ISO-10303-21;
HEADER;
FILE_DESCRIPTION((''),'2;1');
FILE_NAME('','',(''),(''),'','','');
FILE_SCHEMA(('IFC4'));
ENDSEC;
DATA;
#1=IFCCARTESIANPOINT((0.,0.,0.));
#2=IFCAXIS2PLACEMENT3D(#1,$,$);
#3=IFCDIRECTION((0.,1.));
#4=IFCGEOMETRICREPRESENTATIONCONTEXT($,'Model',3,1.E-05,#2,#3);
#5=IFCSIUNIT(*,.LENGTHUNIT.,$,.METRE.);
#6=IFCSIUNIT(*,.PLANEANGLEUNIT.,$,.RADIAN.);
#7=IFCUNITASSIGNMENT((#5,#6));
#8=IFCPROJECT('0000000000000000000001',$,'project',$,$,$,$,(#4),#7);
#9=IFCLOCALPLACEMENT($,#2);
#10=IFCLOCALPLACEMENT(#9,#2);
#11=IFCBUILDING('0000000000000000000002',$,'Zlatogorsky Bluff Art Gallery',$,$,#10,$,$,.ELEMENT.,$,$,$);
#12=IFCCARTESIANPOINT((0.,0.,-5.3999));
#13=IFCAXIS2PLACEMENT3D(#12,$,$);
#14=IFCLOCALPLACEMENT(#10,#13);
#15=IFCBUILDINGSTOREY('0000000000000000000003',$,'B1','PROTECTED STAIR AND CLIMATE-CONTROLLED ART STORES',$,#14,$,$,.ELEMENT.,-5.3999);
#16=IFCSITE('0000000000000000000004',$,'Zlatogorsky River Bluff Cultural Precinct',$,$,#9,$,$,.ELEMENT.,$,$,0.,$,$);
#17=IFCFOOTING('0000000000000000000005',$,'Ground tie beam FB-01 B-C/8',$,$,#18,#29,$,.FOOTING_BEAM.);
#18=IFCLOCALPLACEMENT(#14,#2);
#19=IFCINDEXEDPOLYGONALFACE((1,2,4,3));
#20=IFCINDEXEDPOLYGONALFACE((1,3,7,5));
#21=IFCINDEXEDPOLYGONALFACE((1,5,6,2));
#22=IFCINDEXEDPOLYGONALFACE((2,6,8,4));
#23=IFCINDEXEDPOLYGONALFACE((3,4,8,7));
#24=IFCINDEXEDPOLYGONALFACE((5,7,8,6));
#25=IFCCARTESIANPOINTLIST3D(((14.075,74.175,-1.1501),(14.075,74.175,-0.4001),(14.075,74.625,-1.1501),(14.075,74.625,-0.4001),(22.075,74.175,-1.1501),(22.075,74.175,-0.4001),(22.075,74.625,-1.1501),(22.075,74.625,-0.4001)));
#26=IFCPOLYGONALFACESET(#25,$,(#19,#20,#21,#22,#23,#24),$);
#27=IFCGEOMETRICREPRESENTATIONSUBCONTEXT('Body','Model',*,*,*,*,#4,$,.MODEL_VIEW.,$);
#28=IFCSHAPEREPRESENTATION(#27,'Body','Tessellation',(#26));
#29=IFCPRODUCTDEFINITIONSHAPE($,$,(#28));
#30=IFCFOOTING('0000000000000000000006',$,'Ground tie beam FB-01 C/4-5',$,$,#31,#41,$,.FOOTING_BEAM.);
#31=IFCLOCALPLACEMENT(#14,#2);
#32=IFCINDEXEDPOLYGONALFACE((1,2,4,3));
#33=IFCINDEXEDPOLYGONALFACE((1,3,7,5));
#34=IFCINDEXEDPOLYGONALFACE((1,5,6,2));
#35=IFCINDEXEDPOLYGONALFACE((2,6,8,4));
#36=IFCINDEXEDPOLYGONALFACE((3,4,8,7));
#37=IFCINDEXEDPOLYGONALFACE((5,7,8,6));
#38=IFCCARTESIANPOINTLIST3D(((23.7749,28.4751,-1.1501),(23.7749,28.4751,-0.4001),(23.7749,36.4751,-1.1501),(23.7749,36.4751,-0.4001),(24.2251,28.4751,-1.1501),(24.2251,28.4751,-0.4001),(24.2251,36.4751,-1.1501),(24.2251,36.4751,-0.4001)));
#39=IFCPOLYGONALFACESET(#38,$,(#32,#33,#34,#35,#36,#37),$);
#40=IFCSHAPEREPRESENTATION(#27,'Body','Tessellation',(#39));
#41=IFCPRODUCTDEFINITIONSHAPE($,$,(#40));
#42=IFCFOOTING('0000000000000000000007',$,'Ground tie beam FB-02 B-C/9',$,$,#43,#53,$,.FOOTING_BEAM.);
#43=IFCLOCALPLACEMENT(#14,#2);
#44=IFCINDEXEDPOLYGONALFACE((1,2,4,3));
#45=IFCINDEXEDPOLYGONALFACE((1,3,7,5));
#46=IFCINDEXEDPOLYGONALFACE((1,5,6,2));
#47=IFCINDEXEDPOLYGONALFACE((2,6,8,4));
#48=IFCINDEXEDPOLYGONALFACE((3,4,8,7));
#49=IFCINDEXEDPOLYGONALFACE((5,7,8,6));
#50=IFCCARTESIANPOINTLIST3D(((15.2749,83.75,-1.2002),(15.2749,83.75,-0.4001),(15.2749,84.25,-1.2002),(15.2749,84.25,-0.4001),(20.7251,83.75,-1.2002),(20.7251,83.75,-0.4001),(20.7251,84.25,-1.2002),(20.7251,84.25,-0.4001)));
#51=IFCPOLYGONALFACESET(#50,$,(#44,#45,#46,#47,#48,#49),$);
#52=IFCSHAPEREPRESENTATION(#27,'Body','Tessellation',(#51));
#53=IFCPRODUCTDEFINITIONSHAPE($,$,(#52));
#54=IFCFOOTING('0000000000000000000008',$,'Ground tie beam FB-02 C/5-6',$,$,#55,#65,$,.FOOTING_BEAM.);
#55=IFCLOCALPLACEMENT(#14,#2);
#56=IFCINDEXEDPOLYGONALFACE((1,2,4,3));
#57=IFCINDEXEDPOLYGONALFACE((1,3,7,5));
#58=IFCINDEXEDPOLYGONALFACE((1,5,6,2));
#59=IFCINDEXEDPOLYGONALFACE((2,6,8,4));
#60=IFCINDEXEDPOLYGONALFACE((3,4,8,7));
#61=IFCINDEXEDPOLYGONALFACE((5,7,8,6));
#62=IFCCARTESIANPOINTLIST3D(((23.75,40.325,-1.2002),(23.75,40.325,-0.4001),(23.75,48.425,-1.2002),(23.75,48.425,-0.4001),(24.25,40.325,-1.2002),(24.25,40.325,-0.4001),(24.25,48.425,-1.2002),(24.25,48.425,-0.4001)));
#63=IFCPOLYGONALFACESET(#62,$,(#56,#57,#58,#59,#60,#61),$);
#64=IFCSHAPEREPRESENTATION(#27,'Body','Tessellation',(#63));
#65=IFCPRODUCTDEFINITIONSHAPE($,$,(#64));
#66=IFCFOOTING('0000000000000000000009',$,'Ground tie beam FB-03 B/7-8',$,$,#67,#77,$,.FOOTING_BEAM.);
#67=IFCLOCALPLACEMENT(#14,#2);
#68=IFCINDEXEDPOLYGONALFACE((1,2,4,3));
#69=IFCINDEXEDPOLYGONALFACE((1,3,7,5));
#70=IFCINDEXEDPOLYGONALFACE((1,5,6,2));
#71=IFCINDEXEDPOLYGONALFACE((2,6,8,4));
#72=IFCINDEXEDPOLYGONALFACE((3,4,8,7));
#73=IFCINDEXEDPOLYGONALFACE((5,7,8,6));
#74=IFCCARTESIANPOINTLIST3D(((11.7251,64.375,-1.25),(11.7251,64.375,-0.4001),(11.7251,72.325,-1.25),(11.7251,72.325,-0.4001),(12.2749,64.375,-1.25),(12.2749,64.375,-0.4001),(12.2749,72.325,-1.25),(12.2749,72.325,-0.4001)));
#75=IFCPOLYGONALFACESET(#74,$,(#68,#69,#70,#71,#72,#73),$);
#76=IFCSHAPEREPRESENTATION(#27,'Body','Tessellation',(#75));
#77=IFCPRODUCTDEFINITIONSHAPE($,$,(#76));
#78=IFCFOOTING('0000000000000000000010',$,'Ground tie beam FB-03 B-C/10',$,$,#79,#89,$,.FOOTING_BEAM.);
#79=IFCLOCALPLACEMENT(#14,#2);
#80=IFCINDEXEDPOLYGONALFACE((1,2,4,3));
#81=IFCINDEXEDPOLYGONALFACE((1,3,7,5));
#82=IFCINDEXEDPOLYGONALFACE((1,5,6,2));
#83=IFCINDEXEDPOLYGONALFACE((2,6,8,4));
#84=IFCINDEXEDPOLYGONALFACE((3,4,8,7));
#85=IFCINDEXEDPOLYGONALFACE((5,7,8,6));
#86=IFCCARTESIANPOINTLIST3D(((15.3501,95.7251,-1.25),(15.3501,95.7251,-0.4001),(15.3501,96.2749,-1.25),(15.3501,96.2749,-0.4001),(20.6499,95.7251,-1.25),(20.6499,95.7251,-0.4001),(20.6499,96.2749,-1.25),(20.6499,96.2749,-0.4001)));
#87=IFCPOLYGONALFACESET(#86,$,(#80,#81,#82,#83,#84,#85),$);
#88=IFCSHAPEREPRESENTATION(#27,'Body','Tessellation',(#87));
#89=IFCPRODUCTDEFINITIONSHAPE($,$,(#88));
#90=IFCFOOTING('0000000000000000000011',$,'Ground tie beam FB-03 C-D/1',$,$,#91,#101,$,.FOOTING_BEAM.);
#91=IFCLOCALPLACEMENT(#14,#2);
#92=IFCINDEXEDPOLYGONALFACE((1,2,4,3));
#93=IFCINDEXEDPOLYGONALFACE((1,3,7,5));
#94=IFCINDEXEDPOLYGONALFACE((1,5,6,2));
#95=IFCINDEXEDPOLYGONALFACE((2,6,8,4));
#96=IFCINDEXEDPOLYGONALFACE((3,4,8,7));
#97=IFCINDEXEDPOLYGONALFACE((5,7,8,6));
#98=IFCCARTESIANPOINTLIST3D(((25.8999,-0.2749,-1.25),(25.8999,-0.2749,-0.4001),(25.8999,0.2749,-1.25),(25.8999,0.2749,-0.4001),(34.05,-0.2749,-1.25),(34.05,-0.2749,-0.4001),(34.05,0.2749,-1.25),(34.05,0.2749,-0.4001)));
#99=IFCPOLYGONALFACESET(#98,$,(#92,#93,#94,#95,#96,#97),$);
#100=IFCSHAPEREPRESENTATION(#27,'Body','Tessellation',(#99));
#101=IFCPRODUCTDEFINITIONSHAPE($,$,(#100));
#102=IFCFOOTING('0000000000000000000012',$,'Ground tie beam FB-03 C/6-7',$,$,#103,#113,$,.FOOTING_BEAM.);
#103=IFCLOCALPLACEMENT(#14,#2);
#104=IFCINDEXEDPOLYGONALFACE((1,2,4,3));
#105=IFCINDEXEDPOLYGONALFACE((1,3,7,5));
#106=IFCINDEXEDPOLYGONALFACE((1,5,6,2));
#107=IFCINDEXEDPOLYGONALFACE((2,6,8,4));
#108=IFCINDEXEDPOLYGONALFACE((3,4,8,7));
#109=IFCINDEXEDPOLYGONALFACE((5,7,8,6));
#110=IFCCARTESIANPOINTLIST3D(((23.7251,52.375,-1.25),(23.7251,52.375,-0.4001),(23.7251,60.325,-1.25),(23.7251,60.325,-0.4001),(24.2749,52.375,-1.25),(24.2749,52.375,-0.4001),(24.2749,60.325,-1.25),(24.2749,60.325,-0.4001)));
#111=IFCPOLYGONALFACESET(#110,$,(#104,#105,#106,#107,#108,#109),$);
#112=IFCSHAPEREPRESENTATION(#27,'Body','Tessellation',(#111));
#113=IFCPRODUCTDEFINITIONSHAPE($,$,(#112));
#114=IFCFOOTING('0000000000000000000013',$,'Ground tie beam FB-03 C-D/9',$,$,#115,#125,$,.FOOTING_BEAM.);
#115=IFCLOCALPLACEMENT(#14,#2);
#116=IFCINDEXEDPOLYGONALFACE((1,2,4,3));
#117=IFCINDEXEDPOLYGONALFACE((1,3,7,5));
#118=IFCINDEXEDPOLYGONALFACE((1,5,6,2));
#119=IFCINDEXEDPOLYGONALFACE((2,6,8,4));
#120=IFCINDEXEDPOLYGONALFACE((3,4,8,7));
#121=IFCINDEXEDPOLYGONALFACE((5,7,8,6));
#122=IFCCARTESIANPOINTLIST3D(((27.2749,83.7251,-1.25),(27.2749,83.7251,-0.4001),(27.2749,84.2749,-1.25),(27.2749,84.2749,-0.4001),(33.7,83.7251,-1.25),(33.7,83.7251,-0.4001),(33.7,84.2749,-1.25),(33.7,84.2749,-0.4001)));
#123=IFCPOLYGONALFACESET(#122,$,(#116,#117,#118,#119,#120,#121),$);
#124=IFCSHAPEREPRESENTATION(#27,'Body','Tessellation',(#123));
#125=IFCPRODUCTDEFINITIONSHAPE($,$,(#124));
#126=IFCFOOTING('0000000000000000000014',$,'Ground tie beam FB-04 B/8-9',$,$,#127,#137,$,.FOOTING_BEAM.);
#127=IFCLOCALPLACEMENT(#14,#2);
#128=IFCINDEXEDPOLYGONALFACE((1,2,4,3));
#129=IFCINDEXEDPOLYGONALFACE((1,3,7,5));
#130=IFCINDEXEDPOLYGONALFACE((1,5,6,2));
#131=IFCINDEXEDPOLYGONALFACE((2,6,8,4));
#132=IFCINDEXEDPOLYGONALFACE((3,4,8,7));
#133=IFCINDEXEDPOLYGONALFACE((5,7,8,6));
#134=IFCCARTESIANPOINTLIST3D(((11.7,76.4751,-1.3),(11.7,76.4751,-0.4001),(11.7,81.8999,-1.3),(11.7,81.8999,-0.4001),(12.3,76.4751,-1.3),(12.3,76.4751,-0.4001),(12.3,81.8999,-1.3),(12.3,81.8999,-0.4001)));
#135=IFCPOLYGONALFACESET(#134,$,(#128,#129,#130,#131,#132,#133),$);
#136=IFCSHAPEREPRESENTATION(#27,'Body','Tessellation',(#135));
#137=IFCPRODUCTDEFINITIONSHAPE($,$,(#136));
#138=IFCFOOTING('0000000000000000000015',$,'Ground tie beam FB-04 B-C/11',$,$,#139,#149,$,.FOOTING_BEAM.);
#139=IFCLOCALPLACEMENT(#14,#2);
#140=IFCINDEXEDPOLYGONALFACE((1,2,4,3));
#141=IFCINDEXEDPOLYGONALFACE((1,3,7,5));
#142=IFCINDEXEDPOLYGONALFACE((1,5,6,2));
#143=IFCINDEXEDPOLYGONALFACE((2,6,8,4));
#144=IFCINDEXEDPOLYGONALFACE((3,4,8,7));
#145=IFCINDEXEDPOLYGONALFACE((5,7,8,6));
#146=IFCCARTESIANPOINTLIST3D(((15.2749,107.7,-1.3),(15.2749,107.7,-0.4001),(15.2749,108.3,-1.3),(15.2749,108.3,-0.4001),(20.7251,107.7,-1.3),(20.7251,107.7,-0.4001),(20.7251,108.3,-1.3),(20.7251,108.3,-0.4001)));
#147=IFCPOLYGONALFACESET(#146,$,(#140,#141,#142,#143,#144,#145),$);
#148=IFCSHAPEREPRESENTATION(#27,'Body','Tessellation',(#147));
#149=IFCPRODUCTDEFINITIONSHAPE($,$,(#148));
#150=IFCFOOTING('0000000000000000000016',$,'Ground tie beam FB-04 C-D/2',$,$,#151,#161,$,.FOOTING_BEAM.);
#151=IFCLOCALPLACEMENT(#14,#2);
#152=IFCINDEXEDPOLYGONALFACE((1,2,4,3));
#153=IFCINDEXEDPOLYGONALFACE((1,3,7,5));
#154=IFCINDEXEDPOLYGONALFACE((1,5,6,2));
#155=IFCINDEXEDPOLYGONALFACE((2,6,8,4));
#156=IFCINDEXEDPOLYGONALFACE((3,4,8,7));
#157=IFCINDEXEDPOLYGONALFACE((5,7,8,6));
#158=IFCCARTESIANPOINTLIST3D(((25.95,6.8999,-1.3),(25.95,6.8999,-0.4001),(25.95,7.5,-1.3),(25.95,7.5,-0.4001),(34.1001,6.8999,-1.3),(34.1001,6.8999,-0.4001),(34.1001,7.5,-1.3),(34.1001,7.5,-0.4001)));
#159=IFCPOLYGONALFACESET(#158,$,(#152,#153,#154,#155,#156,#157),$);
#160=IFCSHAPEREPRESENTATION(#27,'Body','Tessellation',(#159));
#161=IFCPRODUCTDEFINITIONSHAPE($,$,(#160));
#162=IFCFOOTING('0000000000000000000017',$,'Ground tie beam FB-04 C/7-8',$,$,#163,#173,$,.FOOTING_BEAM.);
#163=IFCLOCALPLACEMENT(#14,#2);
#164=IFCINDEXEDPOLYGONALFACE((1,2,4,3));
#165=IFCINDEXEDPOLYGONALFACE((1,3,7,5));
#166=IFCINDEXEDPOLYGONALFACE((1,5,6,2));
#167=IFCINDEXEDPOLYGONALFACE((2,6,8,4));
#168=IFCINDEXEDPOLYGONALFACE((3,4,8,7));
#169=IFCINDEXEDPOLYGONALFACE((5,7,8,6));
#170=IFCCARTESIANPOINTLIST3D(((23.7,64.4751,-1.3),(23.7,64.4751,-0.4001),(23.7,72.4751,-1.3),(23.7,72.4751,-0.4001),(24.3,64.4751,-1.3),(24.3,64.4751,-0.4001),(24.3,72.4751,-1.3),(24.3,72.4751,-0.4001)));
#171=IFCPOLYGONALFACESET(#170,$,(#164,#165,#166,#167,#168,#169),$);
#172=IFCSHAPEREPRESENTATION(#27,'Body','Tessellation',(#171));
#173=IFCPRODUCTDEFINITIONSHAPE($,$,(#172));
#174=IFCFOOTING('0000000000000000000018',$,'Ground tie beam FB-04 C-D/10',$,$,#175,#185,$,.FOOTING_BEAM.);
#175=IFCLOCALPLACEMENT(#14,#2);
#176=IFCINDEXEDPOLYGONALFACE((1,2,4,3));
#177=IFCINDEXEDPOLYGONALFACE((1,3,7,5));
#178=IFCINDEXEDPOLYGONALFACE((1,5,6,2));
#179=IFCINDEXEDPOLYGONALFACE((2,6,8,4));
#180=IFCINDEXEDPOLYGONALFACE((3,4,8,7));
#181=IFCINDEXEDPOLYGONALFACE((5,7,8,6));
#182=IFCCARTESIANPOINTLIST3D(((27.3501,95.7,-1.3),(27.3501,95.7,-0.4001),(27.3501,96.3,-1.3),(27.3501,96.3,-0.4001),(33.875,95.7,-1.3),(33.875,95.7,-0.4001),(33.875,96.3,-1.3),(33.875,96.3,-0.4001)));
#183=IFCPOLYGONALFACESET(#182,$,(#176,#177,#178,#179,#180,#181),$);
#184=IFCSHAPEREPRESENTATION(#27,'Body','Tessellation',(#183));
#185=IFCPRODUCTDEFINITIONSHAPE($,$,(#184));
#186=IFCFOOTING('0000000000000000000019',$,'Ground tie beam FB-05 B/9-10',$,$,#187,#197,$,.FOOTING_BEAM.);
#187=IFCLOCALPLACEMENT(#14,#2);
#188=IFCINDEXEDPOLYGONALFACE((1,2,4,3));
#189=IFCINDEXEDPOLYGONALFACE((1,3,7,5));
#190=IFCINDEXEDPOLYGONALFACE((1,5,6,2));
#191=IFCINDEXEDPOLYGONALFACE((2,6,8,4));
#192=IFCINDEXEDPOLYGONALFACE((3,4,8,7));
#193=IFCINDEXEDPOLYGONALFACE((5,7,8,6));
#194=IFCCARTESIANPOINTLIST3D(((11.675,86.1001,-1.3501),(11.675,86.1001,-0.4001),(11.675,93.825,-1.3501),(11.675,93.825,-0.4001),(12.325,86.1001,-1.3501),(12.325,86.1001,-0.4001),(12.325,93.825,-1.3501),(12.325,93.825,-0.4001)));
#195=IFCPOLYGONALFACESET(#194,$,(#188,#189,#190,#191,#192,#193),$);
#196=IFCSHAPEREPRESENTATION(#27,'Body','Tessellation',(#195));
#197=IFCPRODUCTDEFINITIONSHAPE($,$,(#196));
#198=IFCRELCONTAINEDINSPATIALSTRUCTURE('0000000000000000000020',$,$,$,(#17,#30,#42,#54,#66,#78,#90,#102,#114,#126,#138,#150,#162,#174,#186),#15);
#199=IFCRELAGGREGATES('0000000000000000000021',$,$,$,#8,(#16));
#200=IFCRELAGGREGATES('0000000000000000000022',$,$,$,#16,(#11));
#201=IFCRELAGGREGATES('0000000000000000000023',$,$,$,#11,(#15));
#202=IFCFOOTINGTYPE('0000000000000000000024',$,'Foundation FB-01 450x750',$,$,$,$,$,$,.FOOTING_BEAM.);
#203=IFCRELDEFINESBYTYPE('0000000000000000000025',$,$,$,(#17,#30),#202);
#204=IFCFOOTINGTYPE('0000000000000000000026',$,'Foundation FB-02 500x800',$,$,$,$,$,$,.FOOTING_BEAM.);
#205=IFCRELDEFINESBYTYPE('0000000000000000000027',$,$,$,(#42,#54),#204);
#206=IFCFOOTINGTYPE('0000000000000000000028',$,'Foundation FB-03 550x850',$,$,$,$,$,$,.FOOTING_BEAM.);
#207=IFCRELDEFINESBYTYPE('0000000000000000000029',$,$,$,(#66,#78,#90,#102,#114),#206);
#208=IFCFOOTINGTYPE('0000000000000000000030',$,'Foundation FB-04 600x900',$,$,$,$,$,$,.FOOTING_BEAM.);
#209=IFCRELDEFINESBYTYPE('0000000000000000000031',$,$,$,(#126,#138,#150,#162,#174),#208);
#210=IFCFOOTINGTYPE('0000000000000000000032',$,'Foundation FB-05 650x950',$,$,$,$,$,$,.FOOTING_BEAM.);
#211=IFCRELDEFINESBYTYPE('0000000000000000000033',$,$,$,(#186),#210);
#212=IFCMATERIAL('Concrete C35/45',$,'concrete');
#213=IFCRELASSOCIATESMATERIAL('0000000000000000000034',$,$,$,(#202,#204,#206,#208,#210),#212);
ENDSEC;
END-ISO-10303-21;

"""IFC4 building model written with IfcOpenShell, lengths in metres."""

from ifc_helpers import new_model, si_unit, direction, frame, origin, place, context, subcontext, project, spatial, polyline, outline, extrude, material, type_object, element, save


model = new_model("IFC4")

# Units and contexts
model_context = context("Model", 3, precision=1e-05, world=origin(), true_north=direction((0.0, 1.0)))
body_context = subcontext(model_context, "Body", "Model", "MODEL_VIEW")
ifc_project = project(units=[si_unit("LENGTHUNIT", "METRE"), si_unit("PLANEANGLEUNIT", "RADIAN")], contexts=[model_context])

# Site, building, storey
site_placement = place(None, origin())
site = spatial("IfcSite", under=ifc_project, at=site_placement, Name="Zlatogorsky River Bluff Cultural Precinct", CompositionType="ELEMENT", RefElevation=0.0)
building_placement = place(site_placement, origin())
building = spatial("IfcBuilding", under=site, at=building_placement, Name="Zlatogorsky Bluff Art Gallery", CompositionType="ELEMENT")
storey_placement = place(building_placement, frame((0.0, 0.0, -5.3999)))
storey = spatial("IfcBuildingStorey", under=building, at=storey_placement, Name="B1", Description="PROTECTED STAIR AND CLIMATE-CONTROLLED ART STORES", CompositionType="ELEMENT", Elevation=-5.3999)

# Footings
ifc_material = material(Name="Concrete C35/45", Category="concrete")
footing_type_1 = type_object("IfcFootingType", Name="Foundation FB-01 450x750", PredefinedType="FOOTING_BEAM", material=ifc_material)
footing_1_placement = place(storey_placement, frame((0.0, 0.0, -1.1501)))
element("IfcFooting", 1, at=footing_1_placement, inside=storey, type_object=footing_type_1, Name="Ground tie beam FB-01 B-C/8", PredefinedType="FOOTING_BEAM", context=body_context, shape_type="SweptSolid", body=[
    extrude(outline(polyline([(14.075, 74.175), (22.075, 74.175), (22.075, 74.625), (14.075, 74.625), (14.075, 74.175)])), origin(), (0.0, 0.0, 1.0), 0.75),
])
footing_2_placement = place(storey_placement, frame((0.0, 0.0, -1.1501)))
element("IfcFooting", 2, at=footing_2_placement, inside=storey, type_object=footing_type_1, Name="Ground tie beam FB-01 C/4-5", PredefinedType="FOOTING_BEAM", context=body_context, shape_type="SweptSolid", body=[
    extrude(outline(polyline([(23.7749, 28.4751), (24.2251, 28.4751), (24.2251, 36.4751), (23.7749, 36.4751), (23.7749, 28.4751)])), origin(), (0.0, 0.0, 1.0), 0.75),
])
footing_type_2 = type_object("IfcFootingType", Name="Foundation FB-02 500x800", PredefinedType="FOOTING_BEAM", material=ifc_material)
footing_3_placement = place(storey_placement, frame((0.0, 0.0, -1.2002)))
element("IfcFooting", 3, at=footing_3_placement, inside=storey, type_object=footing_type_2, Name="Ground tie beam FB-02 B-C/9", PredefinedType="FOOTING_BEAM", context=body_context, shape_type="SweptSolid", body=[
    extrude(outline(polyline([(15.2749, 83.75), (20.7251, 83.75), (20.7251, 84.25), (15.2749, 84.25), (15.2749, 83.75)])), origin(), (0.0, 0.0, 1.0), 0.8),
])
footing_4_placement = place(storey_placement, frame((0.0, 0.0, -1.2002)))
element("IfcFooting", 4, at=footing_4_placement, inside=storey, type_object=footing_type_2, Name="Ground tie beam FB-02 C/5-6", PredefinedType="FOOTING_BEAM", context=body_context, shape_type="SweptSolid", body=[
    extrude(outline(polyline([(23.75, 40.325), (24.25, 40.325), (24.25, 48.425), (23.75, 48.425), (23.75, 40.325)])), origin(), (0.0, 0.0, 1.0), 0.8),
])
footing_type_3 = type_object("IfcFootingType", Name="Foundation FB-03 550x850", PredefinedType="FOOTING_BEAM", material=ifc_material)
footing_5_placement = place(storey_placement, frame((0.0, 0.0, -1.25)))
element("IfcFooting", 5, at=footing_5_placement, inside=storey, type_object=footing_type_3, Name="Ground tie beam FB-03 B/7-8", PredefinedType="FOOTING_BEAM", context=body_context, shape_type="SweptSolid", body=[
    extrude(outline(polyline([(11.7251, 64.375), (12.2749, 64.375), (12.2749, 72.325), (11.7251, 72.325), (11.7251, 64.375)])), origin(), (0.0, 0.0, 1.0), 0.8499),
])
footing_6_placement = place(storey_placement, frame((0.0, 0.0, -1.25)))
element("IfcFooting", 6, at=footing_6_placement, inside=storey, type_object=footing_type_3, Name="Ground tie beam FB-03 B-C/10", PredefinedType="FOOTING_BEAM", context=body_context, shape_type="SweptSolid", body=[
    extrude(outline(polyline([(15.3501, 95.7251), (20.6499, 95.7251), (20.6499, 96.2749), (15.3501, 96.2749), (15.3501, 95.7251)])), origin(), (0.0, 0.0, 1.0), 0.8499),
])
footing_7_placement = place(storey_placement, frame((0.0, 0.0, -1.25)))
element("IfcFooting", 7, at=footing_7_placement, inside=storey, type_object=footing_type_3, Name="Ground tie beam FB-03 C-D/1", PredefinedType="FOOTING_BEAM", context=body_context, shape_type="SweptSolid", body=[
    extrude(outline(polyline([(25.8999, -0.2749), (34.05, -0.2749), (34.05, 0.2749), (25.8999, 0.2749), (25.8999, -0.2749)])), origin(), (0.0, 0.0, 1.0), 0.8499),
])
footing_8_placement = place(storey_placement, frame((0.0, 0.0, -1.25)))
element("IfcFooting", 8, at=footing_8_placement, inside=storey, type_object=footing_type_3, Name="Ground tie beam FB-03 C/6-7", PredefinedType="FOOTING_BEAM", context=body_context, shape_type="SweptSolid", body=[
    extrude(outline(polyline([(23.7251, 52.375), (24.2749, 52.375), (24.2749, 60.325), (23.7251, 60.325), (23.7251, 52.375)])), origin(), (0.0, 0.0, 1.0), 0.8499),
])
footing_9_placement = place(storey_placement, frame((0.0, 0.0, -1.25)))
element("IfcFooting", 9, at=footing_9_placement, inside=storey, type_object=footing_type_3, Name="Ground tie beam FB-03 C-D/9", PredefinedType="FOOTING_BEAM", context=body_context, shape_type="SweptSolid", body=[
    extrude(outline(polyline([(27.2749, 83.7251), (33.7, 83.7251), (33.7, 84.2749), (27.2749, 84.2749), (27.2749, 83.7251)])), origin(), (0.0, 0.0, 1.0), 0.8499),
])
footing_type_4 = type_object("IfcFootingType", Name="Foundation FB-04 600x900", PredefinedType="FOOTING_BEAM", material=ifc_material)
footing_10_placement = place(storey_placement, frame((0.0, 0.0, -1.3)))
element("IfcFooting", 10, at=footing_10_placement, inside=storey, type_object=footing_type_4, Name="Ground tie beam FB-04 B/8-9", PredefinedType="FOOTING_BEAM", context=body_context, shape_type="SweptSolid", body=[
    extrude(outline(polyline([(11.7, 76.4751), (12.3, 76.4751), (12.3, 81.8999), (11.7, 81.8999), (11.7, 76.4751)])), origin(), (0.0, 0.0, 1.0), 0.8999),
])
footing_11_placement = place(storey_placement, frame((0.0, 0.0, -1.3)))
element("IfcFooting", 11, at=footing_11_placement, inside=storey, type_object=footing_type_4, Name="Ground tie beam FB-04 B-C/11", PredefinedType="FOOTING_BEAM", context=body_context, shape_type="SweptSolid", body=[
    extrude(outline(polyline([(15.2749, 107.7), (20.7251, 107.7), (20.7251, 108.3), (15.2749, 108.3), (15.2749, 107.7)])), origin(), (0.0, 0.0, 1.0), 0.8999),
])
footing_12_placement = place(storey_placement, frame((0.0, 0.0, -1.3)))
element("IfcFooting", 12, at=footing_12_placement, inside=storey, type_object=footing_type_4, Name="Ground tie beam FB-04 C-D/2", PredefinedType="FOOTING_BEAM", context=body_context, shape_type="SweptSolid", body=[
    extrude(outline(polyline([(25.95, 6.8999), (34.1001, 6.8999), (34.1001, 7.5), (25.95, 7.5), (25.95, 6.8999)])), origin(), (0.0, 0.0, 1.0), 0.8999),
])
footing_13_placement = place(storey_placement, frame((0.0, 0.0, -1.3)))
element("IfcFooting", 13, at=footing_13_placement, inside=storey, type_object=footing_type_4, Name="Ground tie beam FB-04 C/7-8", PredefinedType="FOOTING_BEAM", context=body_context, shape_type="SweptSolid", body=[
    extrude(outline(polyline([(23.7, 64.4751), (24.3, 64.4751), (24.3, 72.4751), (23.7, 72.4751), (23.7, 64.4751)])), origin(), (0.0, 0.0, 1.0), 0.8999),
])
footing_14_placement = place(storey_placement, frame((0.0, 0.0, -1.3)))
element("IfcFooting", 14, at=footing_14_placement, inside=storey, type_object=footing_type_4, Name="Ground tie beam FB-04 C-D/10", PredefinedType="FOOTING_BEAM", context=body_context, shape_type="SweptSolid", body=[
    extrude(outline(polyline([(27.3501, 95.7), (33.875, 95.7), (33.875, 96.3), (27.3501, 96.3), (27.3501, 95.7)])), origin(), (0.0, 0.0, 1.0), 0.8999),
])
footing_type_5 = type_object("IfcFootingType", Name="Foundation FB-05 650x950", PredefinedType="FOOTING_BEAM", material=ifc_material)
footing_15_placement = place(storey_placement, frame((0.0, 0.0, -1.3501)))
element("IfcFooting", 15, at=footing_15_placement, inside=storey, type_object=footing_type_5, Name="Ground tie beam FB-05 B/9-10", PredefinedType="FOOTING_BEAM", context=body_context, shape_type="SweptSolid", body=[
    extrude(outline(polyline([(11.675, 86.1001), (12.325, 86.1001), (12.325, 93.825), (11.675, 93.825), (11.675, 86.1001)])), origin(), (0.0, 0.0, 1.0), 0.95),
])

save(model, "model.ifc")
